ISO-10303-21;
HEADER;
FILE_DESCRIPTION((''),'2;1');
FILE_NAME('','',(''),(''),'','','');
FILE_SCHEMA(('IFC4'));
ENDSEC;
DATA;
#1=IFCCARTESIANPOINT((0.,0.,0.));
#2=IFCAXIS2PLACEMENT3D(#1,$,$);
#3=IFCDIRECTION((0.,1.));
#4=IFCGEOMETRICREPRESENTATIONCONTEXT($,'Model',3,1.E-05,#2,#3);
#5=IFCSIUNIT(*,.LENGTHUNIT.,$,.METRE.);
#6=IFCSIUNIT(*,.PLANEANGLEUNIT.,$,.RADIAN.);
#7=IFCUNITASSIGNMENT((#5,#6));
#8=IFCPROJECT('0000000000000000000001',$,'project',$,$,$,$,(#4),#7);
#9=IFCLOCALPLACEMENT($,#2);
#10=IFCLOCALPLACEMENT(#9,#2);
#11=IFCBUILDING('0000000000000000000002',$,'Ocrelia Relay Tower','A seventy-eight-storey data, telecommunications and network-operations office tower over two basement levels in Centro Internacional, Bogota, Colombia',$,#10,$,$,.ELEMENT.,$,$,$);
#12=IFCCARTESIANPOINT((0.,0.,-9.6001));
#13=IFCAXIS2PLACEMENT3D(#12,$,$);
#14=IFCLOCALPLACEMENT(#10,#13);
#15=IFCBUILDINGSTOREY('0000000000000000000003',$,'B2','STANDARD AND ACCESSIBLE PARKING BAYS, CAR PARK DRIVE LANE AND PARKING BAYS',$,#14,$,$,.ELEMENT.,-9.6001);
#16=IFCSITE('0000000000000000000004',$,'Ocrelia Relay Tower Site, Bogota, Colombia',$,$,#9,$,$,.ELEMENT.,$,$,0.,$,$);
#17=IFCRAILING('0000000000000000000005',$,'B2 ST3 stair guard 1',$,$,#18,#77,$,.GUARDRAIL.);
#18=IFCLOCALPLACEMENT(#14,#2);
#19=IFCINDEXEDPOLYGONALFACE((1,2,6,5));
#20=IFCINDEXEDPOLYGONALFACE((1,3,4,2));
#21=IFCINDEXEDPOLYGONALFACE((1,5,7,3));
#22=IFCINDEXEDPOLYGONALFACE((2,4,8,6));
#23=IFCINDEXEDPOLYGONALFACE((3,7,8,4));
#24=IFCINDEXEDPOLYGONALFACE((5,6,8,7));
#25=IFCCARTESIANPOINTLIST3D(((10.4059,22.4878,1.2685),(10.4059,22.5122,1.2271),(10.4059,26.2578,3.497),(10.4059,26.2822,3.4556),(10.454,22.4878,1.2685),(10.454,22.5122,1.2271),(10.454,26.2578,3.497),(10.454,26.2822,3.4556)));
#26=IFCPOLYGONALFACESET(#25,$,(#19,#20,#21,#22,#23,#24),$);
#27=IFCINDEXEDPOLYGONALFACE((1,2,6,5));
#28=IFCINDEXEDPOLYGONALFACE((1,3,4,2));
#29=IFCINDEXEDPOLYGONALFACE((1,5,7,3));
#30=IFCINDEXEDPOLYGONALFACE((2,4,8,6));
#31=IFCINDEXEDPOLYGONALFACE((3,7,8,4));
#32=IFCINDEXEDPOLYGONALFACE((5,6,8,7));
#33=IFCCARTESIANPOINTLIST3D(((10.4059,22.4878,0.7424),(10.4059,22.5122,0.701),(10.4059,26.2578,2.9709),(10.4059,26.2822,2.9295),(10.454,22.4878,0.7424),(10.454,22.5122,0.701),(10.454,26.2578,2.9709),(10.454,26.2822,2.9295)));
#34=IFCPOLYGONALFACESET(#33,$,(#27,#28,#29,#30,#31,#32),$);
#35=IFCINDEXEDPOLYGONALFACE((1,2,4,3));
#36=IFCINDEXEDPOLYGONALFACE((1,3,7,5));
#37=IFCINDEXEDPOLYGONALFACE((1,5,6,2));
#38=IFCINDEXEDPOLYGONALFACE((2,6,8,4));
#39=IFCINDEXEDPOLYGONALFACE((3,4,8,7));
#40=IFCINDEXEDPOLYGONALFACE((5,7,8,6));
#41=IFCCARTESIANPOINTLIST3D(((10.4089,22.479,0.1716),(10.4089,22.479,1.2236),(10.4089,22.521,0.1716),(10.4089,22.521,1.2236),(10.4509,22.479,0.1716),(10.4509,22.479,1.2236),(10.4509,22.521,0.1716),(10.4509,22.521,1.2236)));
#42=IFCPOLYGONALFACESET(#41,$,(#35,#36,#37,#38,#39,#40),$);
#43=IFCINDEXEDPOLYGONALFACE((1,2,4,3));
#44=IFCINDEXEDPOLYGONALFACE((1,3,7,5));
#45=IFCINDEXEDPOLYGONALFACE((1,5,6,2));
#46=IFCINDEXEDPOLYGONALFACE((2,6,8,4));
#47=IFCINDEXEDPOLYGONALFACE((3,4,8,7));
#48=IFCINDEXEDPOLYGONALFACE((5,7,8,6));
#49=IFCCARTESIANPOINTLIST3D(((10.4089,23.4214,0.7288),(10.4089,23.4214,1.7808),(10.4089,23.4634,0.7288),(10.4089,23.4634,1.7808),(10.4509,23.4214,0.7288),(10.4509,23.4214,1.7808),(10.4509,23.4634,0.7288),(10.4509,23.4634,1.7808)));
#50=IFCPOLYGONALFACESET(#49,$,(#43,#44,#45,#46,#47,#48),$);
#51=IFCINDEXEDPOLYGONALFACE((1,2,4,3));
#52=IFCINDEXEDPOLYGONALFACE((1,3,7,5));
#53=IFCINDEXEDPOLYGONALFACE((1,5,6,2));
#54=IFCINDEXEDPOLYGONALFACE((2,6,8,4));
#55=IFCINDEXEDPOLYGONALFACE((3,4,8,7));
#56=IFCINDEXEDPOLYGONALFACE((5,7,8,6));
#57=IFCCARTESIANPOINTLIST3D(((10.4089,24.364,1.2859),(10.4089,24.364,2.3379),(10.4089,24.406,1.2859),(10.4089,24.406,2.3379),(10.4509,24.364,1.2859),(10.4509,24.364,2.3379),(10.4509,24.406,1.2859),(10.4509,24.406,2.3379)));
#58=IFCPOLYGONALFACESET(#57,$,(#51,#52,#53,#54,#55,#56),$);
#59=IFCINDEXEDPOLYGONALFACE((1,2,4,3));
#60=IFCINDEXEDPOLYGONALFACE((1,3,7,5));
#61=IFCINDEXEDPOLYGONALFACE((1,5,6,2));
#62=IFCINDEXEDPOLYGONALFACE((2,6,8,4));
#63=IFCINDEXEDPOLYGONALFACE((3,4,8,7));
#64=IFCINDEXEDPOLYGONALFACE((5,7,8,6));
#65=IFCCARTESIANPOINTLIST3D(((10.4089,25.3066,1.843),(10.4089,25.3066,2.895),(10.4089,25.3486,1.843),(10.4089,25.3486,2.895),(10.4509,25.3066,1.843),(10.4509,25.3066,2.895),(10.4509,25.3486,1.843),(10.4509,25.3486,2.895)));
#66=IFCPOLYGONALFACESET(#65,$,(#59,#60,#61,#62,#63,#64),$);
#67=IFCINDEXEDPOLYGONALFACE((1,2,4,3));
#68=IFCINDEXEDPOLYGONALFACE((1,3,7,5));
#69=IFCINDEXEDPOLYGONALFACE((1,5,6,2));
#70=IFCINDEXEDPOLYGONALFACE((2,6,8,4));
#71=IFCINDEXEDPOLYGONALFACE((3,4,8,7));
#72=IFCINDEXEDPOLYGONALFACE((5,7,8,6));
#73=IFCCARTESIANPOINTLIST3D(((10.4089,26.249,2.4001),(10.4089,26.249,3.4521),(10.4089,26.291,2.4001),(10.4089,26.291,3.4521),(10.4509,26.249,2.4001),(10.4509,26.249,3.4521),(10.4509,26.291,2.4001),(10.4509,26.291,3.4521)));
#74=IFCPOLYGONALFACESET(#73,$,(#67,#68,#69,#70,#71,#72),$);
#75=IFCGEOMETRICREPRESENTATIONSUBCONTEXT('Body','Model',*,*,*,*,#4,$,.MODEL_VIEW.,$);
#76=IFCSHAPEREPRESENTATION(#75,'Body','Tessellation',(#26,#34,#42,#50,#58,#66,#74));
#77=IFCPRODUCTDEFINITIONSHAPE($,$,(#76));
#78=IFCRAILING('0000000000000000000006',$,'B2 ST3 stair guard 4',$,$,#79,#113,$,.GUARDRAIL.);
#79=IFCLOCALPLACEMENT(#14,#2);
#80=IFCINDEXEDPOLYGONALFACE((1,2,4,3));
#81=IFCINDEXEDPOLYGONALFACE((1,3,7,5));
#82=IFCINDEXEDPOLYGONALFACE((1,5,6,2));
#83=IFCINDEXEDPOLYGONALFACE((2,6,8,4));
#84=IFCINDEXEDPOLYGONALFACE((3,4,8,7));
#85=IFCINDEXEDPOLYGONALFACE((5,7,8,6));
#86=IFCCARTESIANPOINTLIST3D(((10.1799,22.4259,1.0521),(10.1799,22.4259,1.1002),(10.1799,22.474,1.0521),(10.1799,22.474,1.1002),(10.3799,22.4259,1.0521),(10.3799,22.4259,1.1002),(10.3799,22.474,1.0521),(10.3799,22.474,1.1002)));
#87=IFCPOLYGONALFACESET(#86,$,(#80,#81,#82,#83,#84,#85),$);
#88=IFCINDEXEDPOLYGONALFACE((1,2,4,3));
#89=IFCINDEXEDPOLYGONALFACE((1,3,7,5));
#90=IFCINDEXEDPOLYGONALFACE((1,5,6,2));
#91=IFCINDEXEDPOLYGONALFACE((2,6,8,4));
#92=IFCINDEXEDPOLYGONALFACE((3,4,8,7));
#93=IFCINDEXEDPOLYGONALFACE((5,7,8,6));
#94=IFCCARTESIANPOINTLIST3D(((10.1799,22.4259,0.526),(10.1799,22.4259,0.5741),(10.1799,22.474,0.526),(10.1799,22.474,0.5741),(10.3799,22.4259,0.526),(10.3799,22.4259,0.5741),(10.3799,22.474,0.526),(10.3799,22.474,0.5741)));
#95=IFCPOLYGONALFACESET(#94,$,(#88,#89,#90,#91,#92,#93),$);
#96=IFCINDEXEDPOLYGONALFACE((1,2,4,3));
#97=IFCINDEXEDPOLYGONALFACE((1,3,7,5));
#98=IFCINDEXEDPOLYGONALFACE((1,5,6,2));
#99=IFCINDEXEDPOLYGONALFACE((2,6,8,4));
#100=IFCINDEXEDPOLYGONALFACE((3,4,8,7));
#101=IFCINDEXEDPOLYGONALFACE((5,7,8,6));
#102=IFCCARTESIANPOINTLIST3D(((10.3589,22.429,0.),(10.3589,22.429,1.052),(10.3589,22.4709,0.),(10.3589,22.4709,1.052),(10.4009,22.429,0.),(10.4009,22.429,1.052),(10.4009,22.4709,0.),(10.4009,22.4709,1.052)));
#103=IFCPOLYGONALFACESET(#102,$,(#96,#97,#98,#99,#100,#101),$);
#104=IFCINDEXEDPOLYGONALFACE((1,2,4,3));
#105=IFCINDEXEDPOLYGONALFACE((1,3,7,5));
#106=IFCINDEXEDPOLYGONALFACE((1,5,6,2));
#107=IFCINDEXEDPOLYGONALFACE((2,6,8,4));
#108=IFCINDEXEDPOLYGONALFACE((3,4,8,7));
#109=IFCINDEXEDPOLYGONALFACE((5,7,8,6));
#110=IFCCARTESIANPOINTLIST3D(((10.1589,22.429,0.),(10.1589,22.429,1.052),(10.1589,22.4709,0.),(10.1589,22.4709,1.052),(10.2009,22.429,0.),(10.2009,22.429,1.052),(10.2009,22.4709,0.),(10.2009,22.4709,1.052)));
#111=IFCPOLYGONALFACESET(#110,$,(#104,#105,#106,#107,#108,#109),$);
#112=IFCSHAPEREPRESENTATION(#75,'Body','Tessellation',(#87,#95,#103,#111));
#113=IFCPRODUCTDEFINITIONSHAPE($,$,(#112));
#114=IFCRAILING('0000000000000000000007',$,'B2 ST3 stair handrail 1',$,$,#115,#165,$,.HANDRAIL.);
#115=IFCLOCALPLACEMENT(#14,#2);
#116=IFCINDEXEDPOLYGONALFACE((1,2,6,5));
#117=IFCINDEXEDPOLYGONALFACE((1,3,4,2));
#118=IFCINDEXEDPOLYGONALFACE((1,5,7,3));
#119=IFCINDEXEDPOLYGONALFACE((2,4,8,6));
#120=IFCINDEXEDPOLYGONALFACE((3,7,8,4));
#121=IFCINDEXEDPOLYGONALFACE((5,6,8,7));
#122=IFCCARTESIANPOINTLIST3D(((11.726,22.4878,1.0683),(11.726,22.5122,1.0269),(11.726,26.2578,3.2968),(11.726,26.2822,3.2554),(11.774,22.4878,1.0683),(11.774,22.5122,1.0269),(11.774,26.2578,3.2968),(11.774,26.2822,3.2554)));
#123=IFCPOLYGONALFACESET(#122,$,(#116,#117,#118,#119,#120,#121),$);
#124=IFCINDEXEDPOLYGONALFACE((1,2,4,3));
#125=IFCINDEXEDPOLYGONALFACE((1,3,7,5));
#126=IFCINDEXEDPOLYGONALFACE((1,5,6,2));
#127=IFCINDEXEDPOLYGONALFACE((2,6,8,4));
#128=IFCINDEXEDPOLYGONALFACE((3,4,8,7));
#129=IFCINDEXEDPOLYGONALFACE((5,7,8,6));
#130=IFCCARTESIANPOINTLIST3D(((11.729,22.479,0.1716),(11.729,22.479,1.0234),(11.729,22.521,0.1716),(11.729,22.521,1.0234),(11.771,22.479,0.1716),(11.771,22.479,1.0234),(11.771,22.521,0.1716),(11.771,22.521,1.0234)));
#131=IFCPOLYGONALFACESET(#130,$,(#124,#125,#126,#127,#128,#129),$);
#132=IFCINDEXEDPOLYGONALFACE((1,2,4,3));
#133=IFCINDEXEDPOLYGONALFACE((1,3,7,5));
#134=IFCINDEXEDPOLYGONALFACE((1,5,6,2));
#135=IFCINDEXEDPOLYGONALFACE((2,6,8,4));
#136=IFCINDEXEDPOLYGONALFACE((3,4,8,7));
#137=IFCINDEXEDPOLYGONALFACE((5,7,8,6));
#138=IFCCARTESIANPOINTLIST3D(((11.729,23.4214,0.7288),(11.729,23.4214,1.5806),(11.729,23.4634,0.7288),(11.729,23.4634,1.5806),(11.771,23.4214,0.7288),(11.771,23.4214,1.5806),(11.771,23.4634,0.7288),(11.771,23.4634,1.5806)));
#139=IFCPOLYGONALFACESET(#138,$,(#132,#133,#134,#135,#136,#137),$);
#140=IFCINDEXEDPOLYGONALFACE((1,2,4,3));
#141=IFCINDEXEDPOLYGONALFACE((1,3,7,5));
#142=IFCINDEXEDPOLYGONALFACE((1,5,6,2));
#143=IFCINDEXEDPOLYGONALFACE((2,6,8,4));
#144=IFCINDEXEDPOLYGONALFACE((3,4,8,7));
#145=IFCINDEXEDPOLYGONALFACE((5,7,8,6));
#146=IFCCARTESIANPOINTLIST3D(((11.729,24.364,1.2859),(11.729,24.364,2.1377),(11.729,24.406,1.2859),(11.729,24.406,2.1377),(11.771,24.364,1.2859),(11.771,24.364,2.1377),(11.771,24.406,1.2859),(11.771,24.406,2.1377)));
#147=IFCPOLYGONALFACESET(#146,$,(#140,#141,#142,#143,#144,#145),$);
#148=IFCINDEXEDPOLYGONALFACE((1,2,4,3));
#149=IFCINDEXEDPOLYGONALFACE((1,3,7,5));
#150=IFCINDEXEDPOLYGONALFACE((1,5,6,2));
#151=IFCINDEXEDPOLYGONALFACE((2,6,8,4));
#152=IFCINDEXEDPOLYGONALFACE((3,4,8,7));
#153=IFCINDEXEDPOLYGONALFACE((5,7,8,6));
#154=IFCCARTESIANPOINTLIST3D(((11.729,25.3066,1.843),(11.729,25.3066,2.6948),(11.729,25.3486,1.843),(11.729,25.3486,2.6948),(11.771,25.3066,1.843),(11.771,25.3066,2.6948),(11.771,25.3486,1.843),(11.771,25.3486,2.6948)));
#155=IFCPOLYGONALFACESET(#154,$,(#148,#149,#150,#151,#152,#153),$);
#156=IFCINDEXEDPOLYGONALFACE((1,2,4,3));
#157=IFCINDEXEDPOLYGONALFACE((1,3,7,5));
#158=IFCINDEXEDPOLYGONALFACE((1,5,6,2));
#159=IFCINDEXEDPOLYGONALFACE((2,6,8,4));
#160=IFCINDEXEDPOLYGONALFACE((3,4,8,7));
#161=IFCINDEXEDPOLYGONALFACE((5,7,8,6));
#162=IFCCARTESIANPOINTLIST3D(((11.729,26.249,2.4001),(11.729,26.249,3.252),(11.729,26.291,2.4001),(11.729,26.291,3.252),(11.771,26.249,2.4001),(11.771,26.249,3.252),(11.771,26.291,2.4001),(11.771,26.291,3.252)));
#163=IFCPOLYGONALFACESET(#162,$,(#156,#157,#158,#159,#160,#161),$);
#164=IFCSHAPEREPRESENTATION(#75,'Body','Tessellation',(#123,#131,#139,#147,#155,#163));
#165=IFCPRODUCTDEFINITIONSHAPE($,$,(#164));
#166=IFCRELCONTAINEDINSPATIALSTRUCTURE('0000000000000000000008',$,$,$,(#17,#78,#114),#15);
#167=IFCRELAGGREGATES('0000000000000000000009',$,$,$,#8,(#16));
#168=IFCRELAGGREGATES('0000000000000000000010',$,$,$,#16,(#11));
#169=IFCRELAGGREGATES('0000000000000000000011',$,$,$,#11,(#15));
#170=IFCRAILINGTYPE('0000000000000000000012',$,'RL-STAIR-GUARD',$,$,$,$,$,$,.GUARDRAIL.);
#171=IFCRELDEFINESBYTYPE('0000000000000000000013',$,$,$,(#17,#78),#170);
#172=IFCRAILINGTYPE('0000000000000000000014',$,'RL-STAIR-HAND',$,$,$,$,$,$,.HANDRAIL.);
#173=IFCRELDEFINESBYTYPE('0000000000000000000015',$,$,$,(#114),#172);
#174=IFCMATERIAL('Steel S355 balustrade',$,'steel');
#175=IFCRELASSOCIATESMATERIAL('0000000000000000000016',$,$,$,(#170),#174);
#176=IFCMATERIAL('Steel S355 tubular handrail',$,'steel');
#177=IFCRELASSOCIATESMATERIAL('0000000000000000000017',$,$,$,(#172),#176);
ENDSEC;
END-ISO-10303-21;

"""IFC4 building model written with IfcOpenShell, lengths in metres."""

from ifc_helpers import new_model, si_unit, direction, frame, origin, origin_2d, place, context, subcontext, project, spatial, rectangle, extrude, material, type_object, element, save


model = new_model("IFC4")

# Units and contexts
model_context = context("Model", 3, precision=1e-05, world=origin(), true_north=direction((0.0, 1.0)))
body_context = subcontext(model_context, "Body", "Model", "MODEL_VIEW")
ifc_project = project(units=[si_unit("LENGTHUNIT", "METRE"), si_unit("PLANEANGLEUNIT", "RADIAN")], contexts=[model_context])

# Site, building, storey
site_placement = place(None, origin())
site = spatial("IfcSite", under=ifc_project, at=site_placement, Name="Ocrelia Relay Tower Site, Bogota, Colombia", CompositionType="ELEMENT", RefElevation=0.0)
building_placement = place(site_placement, origin())
building = spatial("IfcBuilding", under=site, at=building_placement, Name="Ocrelia Relay Tower", Description="A seventy-eight-storey data, telecommunications and network-operations office tower over two basement levels in Centro Internacional, Bogota, Colombia", CompositionType="ELEMENT")
storey_placement = place(building_placement, frame((0.0, 0.0, -9.6001)))
storey = spatial("IfcBuildingStorey", under=building, at=storey_placement, Name="B2", Description="STANDARD AND ACCESSIBLE PARKING BAYS, CAR PARK DRIVE LANE AND PARKING BAYS", CompositionType="ELEMENT", Elevation=-9.6001)

# Railings
ifc_material_1 = material(Name="Steel S355 balustrade", Category="steel")
railing_type_1 = type_object("IfcRailingType", Name="RL-STAIR-GUARD", PredefinedType="GUARDRAIL", material=ifc_material_1)
railing_1_placement = place(storey_placement, frame((10.4299, 22.5, 0.1716)))
element("IfcRailing", 1, at=railing_1_placement, inside=storey, type_object=railing_type_1, Name="B2 ST3 stair guard 1", PredefinedType="GUARDRAIL", context=body_context, shape_type="SweptSolid", body=[
    extrude(rectangle(XDim=0.0481, YDim=0.0481, at=origin_2d()), frame((0.0, 0.0, 1.0762), z_axis=(0.0, 0.860849, 0.508861), x_axis=(-1.0, 0.0, 0.0)), (0.0, 0.0, 1.0), 4.3794),
    extrude(rectangle(XDim=0.0481, YDim=0.0481, at=origin_2d()), frame((0.0, 0.0, 0.55), z_axis=(0.0, 0.860849, 0.508861), x_axis=(-1.0, 0.0, 0.0)), (0.0, 0.0, 1.0), 4.3794),
    extrude(rectangle(XDim=0.042, YDim=0.042, at=origin_2d()), origin(), (0.0, 0.0, 1.0), 1.052),
    extrude(rectangle(XDim=0.042, YDim=0.042, at=origin_2d()), frame((0.0, 0.9424, 0.5571)), (0.0, 0.0, 1.0), 1.052),
    extrude(rectangle(XDim=0.042, YDim=0.042, at=origin_2d()), frame((0.0, 1.885, 1.1143)), (0.0, 0.0, 1.0), 1.052),
    extrude(rectangle(XDim=0.042, YDim=0.042, at=origin_2d()), frame((0.0, 2.8276, 1.6714)), (0.0, 0.0, 1.0), 1.052),
    extrude(rectangle(XDim=0.042, YDim=0.042, at=origin_2d()), frame((0.0, 3.77, 2.2285)), (0.0, 0.0, 1.0), 1.052),
])
railing_2_placement = place(storey_placement, frame((10.3799, 22.45, 0.0)))
element("IfcRailing", 2, at=railing_2_placement, inside=storey, type_object=railing_type_1, Name="B2 ST3 stair guard 4", PredefinedType="GUARDRAIL", context=body_context, shape_type="SweptSolid", body=[
    extrude(rectangle(XDim=0.0481, YDim=0.0481, at=origin_2d()), frame((0.0, 0.0, 1.0762), z_axis=(-1.0, 0.0, 0.0), x_axis=(0.0, -1.0, 0.0)), (0.0, 0.0, 1.0), 0.2),
    extrude(rectangle(XDim=0.0481, YDim=0.0481, at=origin_2d()), frame((0.0, 0.0, 0.55), z_axis=(-1.0, 0.0, 0.0), x_axis=(0.0, -1.0, 0.0)), (0.0, 0.0, 1.0), 0.2),
    extrude(rectangle(XDim=0.042, YDim=0.042, at=origin_2d()), origin(), (0.0, 0.0, 1.0), 1.052),
    extrude(rectangle(XDim=0.042, YDim=0.042, at=origin_2d()), frame((-0.2, 0.0, 0.0)), (0.0, 0.0, 1.0), 1.052),
])
ifc_material_2 = material(Name="Steel S355 tubular handrail", Category="steel")
railing_type_2 = type_object("IfcRailingType", Name="RL-STAIR-HAND", PredefinedType="HANDRAIL", material=ifc_material_2)
railing_3_placement = place(storey_placement, frame((11.75, 22.5, 0.1716)))
element("IfcRailing", 3, at=railing_3_placement, inside=storey, type_object=railing_type_2, Name="B2 ST3 stair handrail 1", PredefinedType="HANDRAIL", context=body_context, shape_type="SweptSolid", body=[
    extrude(rectangle(XDim=0.0481, YDim=0.0481, at=origin_2d()), frame((0.0, 0.0, 0.876), z_axis=(0.0, 0.860849, 0.508861), x_axis=(-1.0, 0.0, 0.0)), (0.0, 0.0, 1.0), 4.3794),
    extrude(rectangle(XDim=0.042, YDim=0.042, at=origin_2d()), origin(), (0.0, 0.0, 1.0), 0.8518),
    extrude(rectangle(XDim=0.042, YDim=0.042, at=origin_2d()), frame((0.0, 0.9424, 0.5571)), (0.0, 0.0, 1.0), 0.8518),
    extrude(rectangle(XDim=0.042, YDim=0.042, at=origin_2d()), frame((0.0, 1.885, 1.1143)), (0.0, 0.0, 1.0), 0.8518),
    extrude(rectangle(XDim=0.042, YDim=0.042, at=origin_2d()), frame((0.0, 2.8276, 1.6714)), (0.0, 0.0, 1.0), 0.8518),
    extrude(rectangle(XDim=0.042, YDim=0.042, at=origin_2d()), frame((0.0, 3.77, 2.2285)), (0.0, 0.0, 1.0), 0.8518),
])

save(model, "model.ifc")
